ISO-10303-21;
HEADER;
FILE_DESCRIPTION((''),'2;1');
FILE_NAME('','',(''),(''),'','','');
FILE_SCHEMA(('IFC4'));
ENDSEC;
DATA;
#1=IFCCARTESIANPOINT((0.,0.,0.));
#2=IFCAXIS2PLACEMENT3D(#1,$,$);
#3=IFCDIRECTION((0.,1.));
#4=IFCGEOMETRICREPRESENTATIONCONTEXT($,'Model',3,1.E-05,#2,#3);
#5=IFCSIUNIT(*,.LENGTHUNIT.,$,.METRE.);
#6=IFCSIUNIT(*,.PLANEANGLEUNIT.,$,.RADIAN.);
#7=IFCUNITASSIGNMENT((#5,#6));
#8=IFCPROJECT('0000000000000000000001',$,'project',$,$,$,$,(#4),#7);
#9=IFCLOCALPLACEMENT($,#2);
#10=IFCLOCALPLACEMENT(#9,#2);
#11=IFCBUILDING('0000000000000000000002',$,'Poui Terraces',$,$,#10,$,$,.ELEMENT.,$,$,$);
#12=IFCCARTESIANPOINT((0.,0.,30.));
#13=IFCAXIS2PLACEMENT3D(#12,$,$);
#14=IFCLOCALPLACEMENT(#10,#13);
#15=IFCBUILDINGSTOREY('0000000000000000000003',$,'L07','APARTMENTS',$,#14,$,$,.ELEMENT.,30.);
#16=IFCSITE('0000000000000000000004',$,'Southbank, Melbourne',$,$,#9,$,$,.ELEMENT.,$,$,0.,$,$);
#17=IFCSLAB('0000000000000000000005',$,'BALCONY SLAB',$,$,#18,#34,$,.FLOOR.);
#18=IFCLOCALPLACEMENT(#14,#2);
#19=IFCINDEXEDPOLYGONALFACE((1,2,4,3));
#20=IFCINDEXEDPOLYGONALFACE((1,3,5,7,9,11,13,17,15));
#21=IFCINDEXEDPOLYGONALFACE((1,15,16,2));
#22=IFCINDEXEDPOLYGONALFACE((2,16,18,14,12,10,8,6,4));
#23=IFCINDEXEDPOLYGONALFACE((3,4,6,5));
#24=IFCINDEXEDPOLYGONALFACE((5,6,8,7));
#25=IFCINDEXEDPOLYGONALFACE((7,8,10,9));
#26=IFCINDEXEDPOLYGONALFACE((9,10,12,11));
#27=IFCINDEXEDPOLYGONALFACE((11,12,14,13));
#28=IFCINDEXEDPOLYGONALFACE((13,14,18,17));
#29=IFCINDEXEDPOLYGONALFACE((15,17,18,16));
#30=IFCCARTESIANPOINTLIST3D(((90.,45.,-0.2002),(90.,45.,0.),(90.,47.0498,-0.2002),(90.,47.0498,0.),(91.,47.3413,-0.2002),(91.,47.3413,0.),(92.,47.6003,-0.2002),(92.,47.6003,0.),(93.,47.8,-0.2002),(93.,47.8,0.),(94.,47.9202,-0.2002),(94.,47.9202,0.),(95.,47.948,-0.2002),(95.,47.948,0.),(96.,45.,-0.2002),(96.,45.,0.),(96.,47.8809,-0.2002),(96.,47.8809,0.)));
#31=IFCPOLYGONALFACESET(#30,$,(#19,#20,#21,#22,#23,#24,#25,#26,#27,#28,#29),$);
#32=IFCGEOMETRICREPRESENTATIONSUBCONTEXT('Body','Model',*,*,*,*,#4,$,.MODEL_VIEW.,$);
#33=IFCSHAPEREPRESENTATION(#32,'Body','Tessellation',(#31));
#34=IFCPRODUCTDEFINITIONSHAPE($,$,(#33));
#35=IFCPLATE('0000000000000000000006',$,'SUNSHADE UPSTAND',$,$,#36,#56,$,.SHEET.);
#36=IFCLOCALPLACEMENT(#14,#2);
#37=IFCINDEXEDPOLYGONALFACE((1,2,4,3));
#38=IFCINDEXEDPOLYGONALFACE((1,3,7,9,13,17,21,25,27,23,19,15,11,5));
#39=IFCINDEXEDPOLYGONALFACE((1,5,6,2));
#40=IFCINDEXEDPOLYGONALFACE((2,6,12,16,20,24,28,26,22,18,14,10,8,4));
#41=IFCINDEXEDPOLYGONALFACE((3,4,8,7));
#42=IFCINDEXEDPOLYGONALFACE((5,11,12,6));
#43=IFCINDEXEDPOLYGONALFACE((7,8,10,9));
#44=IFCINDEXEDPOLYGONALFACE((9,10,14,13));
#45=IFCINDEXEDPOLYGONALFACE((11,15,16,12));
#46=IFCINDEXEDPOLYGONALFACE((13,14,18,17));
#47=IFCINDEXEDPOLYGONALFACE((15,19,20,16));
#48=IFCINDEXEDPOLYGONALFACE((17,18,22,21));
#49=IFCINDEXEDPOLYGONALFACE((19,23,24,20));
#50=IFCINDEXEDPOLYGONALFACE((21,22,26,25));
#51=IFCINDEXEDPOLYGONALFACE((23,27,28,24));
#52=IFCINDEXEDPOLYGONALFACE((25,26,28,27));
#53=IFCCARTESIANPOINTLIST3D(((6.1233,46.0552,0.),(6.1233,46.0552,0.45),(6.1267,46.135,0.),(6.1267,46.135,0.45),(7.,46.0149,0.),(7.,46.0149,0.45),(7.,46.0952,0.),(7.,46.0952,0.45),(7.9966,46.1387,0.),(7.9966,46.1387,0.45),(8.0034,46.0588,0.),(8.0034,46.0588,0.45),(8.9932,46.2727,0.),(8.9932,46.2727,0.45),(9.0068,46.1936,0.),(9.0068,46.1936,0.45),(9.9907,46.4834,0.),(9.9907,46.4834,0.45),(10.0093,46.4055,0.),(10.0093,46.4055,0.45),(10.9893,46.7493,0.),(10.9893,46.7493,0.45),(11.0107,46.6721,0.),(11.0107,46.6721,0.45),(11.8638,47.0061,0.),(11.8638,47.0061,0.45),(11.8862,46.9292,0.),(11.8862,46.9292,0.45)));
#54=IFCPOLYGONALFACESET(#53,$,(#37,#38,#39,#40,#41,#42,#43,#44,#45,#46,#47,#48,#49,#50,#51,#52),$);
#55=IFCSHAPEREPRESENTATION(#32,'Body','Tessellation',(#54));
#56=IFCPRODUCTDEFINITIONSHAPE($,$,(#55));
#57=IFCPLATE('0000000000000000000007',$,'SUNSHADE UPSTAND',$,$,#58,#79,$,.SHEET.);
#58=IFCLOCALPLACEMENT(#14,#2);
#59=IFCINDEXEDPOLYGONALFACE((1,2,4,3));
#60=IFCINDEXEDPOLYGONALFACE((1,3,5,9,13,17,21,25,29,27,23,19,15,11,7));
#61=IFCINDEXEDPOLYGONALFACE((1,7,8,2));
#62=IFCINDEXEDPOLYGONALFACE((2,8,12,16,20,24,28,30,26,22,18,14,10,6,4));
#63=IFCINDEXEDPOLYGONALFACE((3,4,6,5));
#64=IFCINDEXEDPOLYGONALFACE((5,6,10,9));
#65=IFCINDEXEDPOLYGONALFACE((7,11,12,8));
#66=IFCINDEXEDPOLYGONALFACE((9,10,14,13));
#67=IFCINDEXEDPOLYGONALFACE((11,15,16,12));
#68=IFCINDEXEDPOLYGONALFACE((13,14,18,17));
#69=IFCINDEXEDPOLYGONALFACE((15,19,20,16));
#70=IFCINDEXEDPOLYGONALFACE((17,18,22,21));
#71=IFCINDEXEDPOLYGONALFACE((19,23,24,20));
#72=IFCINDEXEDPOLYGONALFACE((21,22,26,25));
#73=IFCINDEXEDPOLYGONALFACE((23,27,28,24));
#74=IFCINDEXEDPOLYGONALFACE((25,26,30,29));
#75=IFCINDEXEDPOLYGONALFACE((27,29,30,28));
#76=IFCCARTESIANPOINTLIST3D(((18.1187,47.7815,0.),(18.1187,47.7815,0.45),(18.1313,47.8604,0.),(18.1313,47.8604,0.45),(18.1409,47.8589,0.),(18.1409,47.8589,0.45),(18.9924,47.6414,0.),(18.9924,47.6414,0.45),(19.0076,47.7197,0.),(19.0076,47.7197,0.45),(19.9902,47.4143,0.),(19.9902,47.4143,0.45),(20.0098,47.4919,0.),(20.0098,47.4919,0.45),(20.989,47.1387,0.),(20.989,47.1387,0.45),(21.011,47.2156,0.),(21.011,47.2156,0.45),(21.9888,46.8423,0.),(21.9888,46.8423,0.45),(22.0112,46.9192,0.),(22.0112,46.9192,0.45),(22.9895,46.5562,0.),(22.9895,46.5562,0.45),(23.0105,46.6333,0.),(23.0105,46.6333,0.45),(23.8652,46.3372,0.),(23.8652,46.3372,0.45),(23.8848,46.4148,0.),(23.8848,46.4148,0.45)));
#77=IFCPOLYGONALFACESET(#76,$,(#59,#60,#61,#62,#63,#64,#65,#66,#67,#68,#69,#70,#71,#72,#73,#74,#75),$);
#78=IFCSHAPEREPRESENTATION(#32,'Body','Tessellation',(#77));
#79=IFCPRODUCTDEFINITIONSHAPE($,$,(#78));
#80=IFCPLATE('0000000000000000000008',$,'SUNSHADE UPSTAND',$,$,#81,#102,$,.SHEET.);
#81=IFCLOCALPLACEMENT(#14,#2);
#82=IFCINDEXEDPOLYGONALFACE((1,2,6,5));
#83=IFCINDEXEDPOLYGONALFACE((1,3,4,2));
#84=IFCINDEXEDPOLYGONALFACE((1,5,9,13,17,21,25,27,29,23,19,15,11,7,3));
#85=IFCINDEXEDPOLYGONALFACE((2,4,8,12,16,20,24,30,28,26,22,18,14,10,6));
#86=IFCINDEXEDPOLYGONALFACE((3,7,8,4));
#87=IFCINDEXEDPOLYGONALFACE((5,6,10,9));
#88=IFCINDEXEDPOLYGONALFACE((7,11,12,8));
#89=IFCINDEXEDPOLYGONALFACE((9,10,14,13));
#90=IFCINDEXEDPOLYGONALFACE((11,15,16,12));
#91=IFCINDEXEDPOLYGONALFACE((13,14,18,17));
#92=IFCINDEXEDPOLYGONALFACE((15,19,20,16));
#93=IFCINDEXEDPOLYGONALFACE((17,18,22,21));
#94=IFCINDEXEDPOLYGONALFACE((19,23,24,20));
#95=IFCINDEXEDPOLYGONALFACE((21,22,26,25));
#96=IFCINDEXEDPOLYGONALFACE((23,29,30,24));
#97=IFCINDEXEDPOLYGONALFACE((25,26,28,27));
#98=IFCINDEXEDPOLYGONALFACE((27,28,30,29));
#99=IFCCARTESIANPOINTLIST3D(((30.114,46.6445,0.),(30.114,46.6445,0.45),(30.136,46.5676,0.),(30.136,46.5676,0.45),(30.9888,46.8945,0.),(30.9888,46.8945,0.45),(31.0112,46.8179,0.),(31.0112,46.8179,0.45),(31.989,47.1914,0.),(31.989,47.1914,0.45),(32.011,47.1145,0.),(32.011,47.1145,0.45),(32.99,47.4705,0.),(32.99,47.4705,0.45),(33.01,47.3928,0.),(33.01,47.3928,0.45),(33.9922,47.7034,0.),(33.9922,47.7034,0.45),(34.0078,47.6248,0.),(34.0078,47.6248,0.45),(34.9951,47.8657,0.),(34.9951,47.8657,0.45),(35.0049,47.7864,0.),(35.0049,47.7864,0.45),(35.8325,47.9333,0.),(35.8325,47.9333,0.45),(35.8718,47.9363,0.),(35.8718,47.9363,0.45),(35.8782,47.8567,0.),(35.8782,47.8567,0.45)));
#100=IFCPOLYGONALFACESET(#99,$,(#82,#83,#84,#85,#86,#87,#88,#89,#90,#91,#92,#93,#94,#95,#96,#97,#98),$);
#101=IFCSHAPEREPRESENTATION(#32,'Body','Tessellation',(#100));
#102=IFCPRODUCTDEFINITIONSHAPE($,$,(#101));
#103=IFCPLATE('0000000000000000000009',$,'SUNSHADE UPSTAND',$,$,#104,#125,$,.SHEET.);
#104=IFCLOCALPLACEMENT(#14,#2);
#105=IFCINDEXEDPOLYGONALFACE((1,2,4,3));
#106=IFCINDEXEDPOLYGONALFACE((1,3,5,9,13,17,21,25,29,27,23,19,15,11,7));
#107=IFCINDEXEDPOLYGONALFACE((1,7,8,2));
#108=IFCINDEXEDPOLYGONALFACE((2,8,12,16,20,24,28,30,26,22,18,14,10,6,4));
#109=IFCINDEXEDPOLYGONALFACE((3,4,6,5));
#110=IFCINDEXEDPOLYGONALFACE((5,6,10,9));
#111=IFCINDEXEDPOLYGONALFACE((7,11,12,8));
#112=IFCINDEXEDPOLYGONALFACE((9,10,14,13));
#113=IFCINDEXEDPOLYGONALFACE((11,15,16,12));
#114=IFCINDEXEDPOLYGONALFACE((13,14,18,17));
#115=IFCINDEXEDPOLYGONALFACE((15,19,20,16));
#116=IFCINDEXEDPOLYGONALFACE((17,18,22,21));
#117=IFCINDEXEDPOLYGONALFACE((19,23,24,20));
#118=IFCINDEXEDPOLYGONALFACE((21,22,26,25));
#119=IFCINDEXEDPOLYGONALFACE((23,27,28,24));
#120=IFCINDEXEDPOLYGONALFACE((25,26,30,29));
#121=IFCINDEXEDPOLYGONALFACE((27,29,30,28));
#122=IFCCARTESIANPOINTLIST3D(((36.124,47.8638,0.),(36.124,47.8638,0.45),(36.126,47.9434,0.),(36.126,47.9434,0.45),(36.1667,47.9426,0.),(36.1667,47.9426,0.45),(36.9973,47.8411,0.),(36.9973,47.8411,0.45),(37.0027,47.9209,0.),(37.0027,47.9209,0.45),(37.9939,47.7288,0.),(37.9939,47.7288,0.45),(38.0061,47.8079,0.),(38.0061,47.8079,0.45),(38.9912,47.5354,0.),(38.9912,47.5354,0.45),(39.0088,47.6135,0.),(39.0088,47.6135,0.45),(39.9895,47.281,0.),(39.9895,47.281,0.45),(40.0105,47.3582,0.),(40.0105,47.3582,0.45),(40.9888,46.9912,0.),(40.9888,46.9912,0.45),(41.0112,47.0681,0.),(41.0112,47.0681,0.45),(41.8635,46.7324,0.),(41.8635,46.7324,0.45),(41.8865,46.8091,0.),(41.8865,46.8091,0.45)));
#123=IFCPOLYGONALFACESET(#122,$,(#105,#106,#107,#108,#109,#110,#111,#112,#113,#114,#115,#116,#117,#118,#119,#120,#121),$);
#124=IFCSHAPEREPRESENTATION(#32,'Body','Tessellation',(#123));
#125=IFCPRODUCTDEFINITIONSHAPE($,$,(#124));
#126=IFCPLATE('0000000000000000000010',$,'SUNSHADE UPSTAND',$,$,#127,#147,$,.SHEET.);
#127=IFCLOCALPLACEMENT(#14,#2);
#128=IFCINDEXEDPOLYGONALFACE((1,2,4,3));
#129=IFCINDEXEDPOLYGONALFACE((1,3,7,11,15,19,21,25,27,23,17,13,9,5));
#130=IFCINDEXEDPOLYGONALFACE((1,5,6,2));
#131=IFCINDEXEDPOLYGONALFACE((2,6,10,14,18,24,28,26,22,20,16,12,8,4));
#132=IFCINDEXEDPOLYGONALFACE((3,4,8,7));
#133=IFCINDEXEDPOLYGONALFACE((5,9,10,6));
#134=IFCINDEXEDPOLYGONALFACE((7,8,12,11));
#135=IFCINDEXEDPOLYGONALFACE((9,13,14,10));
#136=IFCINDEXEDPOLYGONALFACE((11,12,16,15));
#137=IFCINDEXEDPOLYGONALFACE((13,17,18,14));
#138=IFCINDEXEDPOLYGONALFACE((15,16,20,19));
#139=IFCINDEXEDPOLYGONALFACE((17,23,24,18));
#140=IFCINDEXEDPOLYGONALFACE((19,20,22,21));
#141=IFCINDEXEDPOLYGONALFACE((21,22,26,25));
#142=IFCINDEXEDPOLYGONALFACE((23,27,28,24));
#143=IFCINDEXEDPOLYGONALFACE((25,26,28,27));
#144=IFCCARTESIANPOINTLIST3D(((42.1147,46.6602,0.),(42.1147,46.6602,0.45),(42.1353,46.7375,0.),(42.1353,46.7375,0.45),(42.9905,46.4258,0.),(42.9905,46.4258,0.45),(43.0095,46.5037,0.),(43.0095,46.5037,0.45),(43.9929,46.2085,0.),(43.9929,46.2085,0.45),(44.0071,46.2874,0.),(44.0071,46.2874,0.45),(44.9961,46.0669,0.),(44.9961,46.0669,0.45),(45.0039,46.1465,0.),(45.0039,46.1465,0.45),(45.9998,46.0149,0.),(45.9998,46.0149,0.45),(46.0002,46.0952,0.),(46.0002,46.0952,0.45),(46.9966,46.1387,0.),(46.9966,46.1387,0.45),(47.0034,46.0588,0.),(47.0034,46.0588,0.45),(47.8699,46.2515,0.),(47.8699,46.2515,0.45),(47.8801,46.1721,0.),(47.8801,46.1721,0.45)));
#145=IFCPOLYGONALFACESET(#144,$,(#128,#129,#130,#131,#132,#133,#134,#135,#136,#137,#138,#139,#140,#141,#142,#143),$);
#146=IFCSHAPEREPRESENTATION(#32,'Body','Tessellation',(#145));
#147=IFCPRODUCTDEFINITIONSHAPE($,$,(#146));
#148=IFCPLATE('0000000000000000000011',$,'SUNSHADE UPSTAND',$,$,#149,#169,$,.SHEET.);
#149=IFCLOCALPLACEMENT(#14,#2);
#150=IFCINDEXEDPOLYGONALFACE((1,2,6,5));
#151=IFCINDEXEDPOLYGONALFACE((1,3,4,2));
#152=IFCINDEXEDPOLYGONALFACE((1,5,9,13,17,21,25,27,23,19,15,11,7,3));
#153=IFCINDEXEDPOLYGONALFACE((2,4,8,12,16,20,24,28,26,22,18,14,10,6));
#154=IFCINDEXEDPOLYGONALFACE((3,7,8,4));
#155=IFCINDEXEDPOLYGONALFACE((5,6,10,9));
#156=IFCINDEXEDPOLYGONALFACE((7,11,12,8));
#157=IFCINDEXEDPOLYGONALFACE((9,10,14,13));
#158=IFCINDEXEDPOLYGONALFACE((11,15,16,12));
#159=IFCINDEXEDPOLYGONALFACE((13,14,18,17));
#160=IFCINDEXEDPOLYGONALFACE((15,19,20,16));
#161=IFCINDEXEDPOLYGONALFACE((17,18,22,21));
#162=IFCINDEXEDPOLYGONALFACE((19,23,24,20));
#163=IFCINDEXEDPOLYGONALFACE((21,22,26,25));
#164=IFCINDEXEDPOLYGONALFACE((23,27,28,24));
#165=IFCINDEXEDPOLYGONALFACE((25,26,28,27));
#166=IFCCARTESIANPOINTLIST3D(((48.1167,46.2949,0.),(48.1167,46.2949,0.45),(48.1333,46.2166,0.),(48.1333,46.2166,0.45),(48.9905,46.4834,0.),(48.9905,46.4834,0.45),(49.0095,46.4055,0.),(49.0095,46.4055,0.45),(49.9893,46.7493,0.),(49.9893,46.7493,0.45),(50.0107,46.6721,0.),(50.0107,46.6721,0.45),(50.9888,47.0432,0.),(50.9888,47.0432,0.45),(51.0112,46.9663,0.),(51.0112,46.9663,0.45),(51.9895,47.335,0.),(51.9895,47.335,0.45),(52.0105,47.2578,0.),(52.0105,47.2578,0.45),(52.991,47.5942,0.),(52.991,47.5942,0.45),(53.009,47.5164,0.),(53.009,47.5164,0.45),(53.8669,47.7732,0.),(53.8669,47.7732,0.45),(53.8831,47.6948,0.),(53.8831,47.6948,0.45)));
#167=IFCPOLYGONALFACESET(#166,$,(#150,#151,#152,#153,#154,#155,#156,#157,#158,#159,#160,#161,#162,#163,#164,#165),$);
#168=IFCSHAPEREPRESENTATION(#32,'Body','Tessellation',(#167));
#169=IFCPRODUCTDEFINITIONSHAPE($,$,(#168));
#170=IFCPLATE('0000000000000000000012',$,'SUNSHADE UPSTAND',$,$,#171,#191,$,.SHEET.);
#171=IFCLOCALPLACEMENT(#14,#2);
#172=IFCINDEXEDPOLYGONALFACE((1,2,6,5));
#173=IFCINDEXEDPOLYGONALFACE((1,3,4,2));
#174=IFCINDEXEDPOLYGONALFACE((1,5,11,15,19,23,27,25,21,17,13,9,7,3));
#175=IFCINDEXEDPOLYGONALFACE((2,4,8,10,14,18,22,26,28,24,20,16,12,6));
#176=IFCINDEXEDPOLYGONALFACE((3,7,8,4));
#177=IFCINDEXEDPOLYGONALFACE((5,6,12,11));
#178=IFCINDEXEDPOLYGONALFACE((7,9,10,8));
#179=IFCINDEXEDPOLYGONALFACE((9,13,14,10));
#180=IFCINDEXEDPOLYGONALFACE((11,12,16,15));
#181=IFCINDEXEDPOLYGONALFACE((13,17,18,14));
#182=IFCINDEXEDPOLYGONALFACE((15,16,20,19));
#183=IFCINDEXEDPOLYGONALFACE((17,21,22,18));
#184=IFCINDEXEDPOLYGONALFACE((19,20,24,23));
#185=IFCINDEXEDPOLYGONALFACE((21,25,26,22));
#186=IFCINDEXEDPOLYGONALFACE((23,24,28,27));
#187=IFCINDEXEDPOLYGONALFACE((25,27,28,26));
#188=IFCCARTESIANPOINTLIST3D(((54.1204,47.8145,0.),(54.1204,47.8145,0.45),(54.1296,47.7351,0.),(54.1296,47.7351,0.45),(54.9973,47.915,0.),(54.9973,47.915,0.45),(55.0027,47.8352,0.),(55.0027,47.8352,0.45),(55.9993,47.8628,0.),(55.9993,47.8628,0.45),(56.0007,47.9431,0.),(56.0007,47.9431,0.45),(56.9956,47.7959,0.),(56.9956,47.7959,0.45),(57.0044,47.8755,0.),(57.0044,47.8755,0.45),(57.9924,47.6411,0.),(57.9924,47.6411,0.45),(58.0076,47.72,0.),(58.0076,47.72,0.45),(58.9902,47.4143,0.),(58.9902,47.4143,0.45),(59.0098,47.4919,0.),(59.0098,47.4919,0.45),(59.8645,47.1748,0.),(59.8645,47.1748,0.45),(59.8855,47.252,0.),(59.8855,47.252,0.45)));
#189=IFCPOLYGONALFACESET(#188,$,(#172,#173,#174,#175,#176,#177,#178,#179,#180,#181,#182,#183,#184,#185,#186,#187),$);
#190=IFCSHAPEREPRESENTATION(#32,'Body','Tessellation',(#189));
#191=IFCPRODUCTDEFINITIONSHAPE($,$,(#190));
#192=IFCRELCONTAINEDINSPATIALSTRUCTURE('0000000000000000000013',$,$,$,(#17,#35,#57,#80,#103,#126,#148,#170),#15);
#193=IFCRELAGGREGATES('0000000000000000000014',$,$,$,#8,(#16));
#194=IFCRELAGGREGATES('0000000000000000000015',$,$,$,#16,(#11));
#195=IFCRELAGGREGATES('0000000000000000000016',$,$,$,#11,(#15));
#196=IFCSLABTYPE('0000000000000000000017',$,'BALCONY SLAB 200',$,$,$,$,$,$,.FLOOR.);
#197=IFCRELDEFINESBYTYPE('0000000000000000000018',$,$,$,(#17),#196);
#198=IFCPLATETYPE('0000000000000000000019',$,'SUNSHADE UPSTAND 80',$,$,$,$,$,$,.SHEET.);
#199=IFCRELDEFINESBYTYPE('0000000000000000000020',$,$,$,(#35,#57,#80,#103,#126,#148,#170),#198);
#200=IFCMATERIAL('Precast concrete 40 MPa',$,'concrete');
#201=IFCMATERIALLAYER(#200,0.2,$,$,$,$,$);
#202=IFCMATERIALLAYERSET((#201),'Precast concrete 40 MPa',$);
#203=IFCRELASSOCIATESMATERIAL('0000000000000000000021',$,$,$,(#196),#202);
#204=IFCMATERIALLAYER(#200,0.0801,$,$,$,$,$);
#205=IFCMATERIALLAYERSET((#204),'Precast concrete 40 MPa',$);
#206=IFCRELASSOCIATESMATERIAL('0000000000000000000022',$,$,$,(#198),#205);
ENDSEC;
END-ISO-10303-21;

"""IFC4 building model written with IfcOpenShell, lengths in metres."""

from ifc_helpers import new_model, si_unit, direction, frame, origin, place, context, subcontext, project, spatial, polyline, outline, extrude, material, layer, layer_set, type_object, element, save


model = new_model("IFC4")

# Units and contexts
model_context = context("Model", 3, precision=1e-05, world=origin(), true_north=direction((0.0, 1.0)))
body_context = subcontext(model_context, "Body", "Model", "MODEL_VIEW")
ifc_project = project(units=[si_unit("LENGTHUNIT", "METRE"), si_unit("PLANEANGLEUNIT", "RADIAN")], contexts=[model_context])

# Site, building, storey
site_placement = place(None, origin())
site = spatial("IfcSite", under=ifc_project, at=site_placement, Name="Southbank, Melbourne", CompositionType="ELEMENT", RefElevation=0.0)
building_placement = place(site_placement, origin())
building = spatial("IfcBuilding", under=site, at=building_placement, Name="Poui Terraces", CompositionType="ELEMENT")
storey_placement = place(building_placement, frame((0.0, 0.0, 30.0)))
storey = spatial("IfcBuildingStorey", under=building, at=storey_placement, Name="L07", Description="APARTMENTS", CompositionType="ELEMENT", Elevation=30.0)

# Slab
ifc_material_1 = material(Name="Precast concrete 40 MPa", Category="concrete")
ifc_layer_1 = layer(ifc_material_1, 0.2)
ifc_layer_set_1 = layer_set([ifc_layer_1], Name="Precast concrete 40 MPa")
slab_type_1 = type_object("IfcSlabType", Name="BALCONY SLAB 200", PredefinedType="FLOOR", material=ifc_layer_set_1)
slab_1_placement = place(storey_placement, frame((0.0, 0.0, -0.2002)))
element("IfcSlab", 1, at=slab_1_placement, inside=storey, type_object=slab_type_1, Name="BALCONY SLAB", PredefinedType="FLOOR", context=body_context, shape_type="SweptSolid", body=[
    extrude(outline(polyline([(90.0, 45.0), (96.0, 45.0), (96.0, 47.8809), (95.0, 47.948), (94.0, 47.9202), (93.0, 47.8), (92.0, 47.6003), (91.0, 47.3413), (90.0, 47.0498), (90.0, 45.0)])), origin(), (0.0, 0.0, 1.0), 0.2002),
])

# Plates
ifc_layer_2 = layer(ifc_material_1, 0.0801)
ifc_layer_set_2 = layer_set([ifc_layer_2], Name="Precast concrete 40 MPa")
plate_type = type_object("IfcPlateType", Name="SUNSHADE UPSTAND 80", PredefinedType="SHEET", material=ifc_layer_set_2)
plate_1_placement = place(storey_placement, origin())
element("IfcPlate", 2, at=plate_1_placement, inside=storey, type_object=plate_type, Name="SUNSHADE UPSTAND", PredefinedType="SHEET", context=body_context, shape_type="SweptSolid", body=[
    extrude(outline(polyline([(7.0, 46.0952), (6.1267, 46.135), (6.1233, 46.0552), (7.0, 46.0149), (8.0034, 46.0588), (9.0068, 46.1936), (10.0093, 46.4055), (11.0107, 46.6721), (11.8862, 46.9292), (11.8638, 47.0061), (10.9893, 46.7493), (9.9907, 46.4834), (8.9932, 46.2727), (7.9966, 46.1387), (7.0, 46.0952)])), origin(), (0.0, 0.0, 1.0), 0.45),
])
plate_2_placement = place(storey_placement, origin())
element("IfcPlate", 3, at=plate_2_placement, inside=storey, type_object=plate_type, Name="SUNSHADE UPSTAND", PredefinedType="SHEET", context=body_context, shape_type="SweptSolid", body=[
    extrude(outline(polyline([(19.0076, 47.7197), (18.1409, 47.8589), (18.1313, 47.8604), (18.1187, 47.7815), (18.9924, 47.6414), (19.9902, 47.4143), (20.989, 47.1387), (21.9888, 46.8423), (22.9895, 46.5562), (23.8652, 46.3372), (23.8848, 46.4148), (23.0105, 46.6333), (22.0112, 46.9192), (21.011, 47.2156), (20.0098, 47.4919), (19.0076, 47.7197)])), origin(), (0.0, 0.0, 1.0), 0.45),
])
plate_3_placement = place(storey_placement, origin())
element("IfcPlate", 4, at=plate_3_placement, inside=storey, type_object=plate_type, Name="SUNSHADE UPSTAND", PredefinedType="SHEET", context=body_context, shape_type="SweptSolid", body=[
    extrude(outline(polyline([(30.9888, 46.8945), (30.114, 46.6445), (30.136, 46.5676), (31.0112, 46.8179), (32.011, 47.1145), (33.01, 47.3928), (34.0078, 47.6248), (35.0049, 47.7864), (35.8782, 47.8567), (35.8718, 47.9363), (35.8325, 47.9333), (34.9951, 47.8657), (33.9922, 47.7034), (32.99, 47.4705), (31.989, 47.1914), (30.9888, 46.8945)])), origin(), (0.0, 0.0, 1.0), 0.45),
])
plate_4_placement = place(storey_placement, origin())
element("IfcPlate", 5, at=plate_4_placement, inside=storey, type_object=plate_type, Name="SUNSHADE UPSTAND", PredefinedType="SHEET", context=body_context, shape_type="SweptSolid", body=[
    extrude(outline(polyline([(37.0027, 47.9209), (36.1667, 47.9426), (36.126, 47.9434), (36.124, 47.8638), (36.9973, 47.8411), (37.9939, 47.7288), (38.9912, 47.5354), (39.9895, 47.281), (40.9888, 46.9912), (41.8635, 46.7324), (41.8865, 46.8091), (41.0112, 47.0681), (40.0105, 47.3582), (39.0088, 47.6135), (38.0061, 47.8079), (37.0027, 47.9209)])), origin(), (0.0, 0.0, 1.0), 0.45),
])
plate_5_placement = place(storey_placement, origin())
element("IfcPlate", 6, at=plate_5_placement, inside=storey, type_object=plate_type, Name="SUNSHADE UPSTAND", PredefinedType="SHEET", context=body_context, shape_type="SweptSolid", body=[
    extrude(outline(polyline([(43.0095, 46.5037), (42.1353, 46.7375), (42.1147, 46.6602), (42.9905, 46.4258), (43.9929, 46.2085), (44.9961, 46.0669), (45.9998, 46.0149), (47.0034, 46.0588), (47.8801, 46.1721), (47.8699, 46.2515), (46.9966, 46.1387), (46.0002, 46.0952), (45.0039, 46.1465), (44.0071, 46.2874), (43.0095, 46.5037)])), origin(), (0.0, 0.0, 1.0), 0.45),
])
plate_6_placement = place(storey_placement, origin())
element("IfcPlate", 7, at=plate_6_placement, inside=storey, type_object=plate_type, Name="SUNSHADE UPSTAND", PredefinedType="SHEET", context=body_context, shape_type="SweptSolid", body=[
    extrude(outline(polyline([(48.9905, 46.4834), (48.1167, 46.2949), (48.1333, 46.2166), (49.0095, 46.4055), (50.0107, 46.6721), (51.0112, 46.9663), (52.0105, 47.2578), (53.009, 47.5164), (53.8831, 47.6948), (53.8669, 47.7732), (52.991, 47.5942), (51.9895, 47.335), (50.9888, 47.0432), (49.9893, 46.7493), (48.9905, 46.4834)])), origin(), (0.0, 0.0, 1.0), 0.45),
])
plate_7_placement = place(storey_placement, origin())
element("IfcPlate", 8, at=plate_7_placement, inside=storey, type_object=plate_type, Name="SUNSHADE UPSTAND", PredefinedType="SHEET", context=body_context, shape_type="SweptSolid", body=[
    extrude(outline(polyline([(54.9973, 47.915), (54.1204, 47.8145), (54.1296, 47.7351), (55.0027, 47.8352), (55.9993, 47.8628), (56.9956, 47.7959), (57.9924, 47.6411), (58.9902, 47.4143), (59.8645, 47.1748), (59.8855, 47.252), (59.0098, 47.4919), (58.0076, 47.72), (57.0044, 47.8755), (56.0007, 47.9431), (54.9973, 47.915)])), origin(), (0.0, 0.0, 1.0), 0.45),
])

save(model, "model.ifc")
